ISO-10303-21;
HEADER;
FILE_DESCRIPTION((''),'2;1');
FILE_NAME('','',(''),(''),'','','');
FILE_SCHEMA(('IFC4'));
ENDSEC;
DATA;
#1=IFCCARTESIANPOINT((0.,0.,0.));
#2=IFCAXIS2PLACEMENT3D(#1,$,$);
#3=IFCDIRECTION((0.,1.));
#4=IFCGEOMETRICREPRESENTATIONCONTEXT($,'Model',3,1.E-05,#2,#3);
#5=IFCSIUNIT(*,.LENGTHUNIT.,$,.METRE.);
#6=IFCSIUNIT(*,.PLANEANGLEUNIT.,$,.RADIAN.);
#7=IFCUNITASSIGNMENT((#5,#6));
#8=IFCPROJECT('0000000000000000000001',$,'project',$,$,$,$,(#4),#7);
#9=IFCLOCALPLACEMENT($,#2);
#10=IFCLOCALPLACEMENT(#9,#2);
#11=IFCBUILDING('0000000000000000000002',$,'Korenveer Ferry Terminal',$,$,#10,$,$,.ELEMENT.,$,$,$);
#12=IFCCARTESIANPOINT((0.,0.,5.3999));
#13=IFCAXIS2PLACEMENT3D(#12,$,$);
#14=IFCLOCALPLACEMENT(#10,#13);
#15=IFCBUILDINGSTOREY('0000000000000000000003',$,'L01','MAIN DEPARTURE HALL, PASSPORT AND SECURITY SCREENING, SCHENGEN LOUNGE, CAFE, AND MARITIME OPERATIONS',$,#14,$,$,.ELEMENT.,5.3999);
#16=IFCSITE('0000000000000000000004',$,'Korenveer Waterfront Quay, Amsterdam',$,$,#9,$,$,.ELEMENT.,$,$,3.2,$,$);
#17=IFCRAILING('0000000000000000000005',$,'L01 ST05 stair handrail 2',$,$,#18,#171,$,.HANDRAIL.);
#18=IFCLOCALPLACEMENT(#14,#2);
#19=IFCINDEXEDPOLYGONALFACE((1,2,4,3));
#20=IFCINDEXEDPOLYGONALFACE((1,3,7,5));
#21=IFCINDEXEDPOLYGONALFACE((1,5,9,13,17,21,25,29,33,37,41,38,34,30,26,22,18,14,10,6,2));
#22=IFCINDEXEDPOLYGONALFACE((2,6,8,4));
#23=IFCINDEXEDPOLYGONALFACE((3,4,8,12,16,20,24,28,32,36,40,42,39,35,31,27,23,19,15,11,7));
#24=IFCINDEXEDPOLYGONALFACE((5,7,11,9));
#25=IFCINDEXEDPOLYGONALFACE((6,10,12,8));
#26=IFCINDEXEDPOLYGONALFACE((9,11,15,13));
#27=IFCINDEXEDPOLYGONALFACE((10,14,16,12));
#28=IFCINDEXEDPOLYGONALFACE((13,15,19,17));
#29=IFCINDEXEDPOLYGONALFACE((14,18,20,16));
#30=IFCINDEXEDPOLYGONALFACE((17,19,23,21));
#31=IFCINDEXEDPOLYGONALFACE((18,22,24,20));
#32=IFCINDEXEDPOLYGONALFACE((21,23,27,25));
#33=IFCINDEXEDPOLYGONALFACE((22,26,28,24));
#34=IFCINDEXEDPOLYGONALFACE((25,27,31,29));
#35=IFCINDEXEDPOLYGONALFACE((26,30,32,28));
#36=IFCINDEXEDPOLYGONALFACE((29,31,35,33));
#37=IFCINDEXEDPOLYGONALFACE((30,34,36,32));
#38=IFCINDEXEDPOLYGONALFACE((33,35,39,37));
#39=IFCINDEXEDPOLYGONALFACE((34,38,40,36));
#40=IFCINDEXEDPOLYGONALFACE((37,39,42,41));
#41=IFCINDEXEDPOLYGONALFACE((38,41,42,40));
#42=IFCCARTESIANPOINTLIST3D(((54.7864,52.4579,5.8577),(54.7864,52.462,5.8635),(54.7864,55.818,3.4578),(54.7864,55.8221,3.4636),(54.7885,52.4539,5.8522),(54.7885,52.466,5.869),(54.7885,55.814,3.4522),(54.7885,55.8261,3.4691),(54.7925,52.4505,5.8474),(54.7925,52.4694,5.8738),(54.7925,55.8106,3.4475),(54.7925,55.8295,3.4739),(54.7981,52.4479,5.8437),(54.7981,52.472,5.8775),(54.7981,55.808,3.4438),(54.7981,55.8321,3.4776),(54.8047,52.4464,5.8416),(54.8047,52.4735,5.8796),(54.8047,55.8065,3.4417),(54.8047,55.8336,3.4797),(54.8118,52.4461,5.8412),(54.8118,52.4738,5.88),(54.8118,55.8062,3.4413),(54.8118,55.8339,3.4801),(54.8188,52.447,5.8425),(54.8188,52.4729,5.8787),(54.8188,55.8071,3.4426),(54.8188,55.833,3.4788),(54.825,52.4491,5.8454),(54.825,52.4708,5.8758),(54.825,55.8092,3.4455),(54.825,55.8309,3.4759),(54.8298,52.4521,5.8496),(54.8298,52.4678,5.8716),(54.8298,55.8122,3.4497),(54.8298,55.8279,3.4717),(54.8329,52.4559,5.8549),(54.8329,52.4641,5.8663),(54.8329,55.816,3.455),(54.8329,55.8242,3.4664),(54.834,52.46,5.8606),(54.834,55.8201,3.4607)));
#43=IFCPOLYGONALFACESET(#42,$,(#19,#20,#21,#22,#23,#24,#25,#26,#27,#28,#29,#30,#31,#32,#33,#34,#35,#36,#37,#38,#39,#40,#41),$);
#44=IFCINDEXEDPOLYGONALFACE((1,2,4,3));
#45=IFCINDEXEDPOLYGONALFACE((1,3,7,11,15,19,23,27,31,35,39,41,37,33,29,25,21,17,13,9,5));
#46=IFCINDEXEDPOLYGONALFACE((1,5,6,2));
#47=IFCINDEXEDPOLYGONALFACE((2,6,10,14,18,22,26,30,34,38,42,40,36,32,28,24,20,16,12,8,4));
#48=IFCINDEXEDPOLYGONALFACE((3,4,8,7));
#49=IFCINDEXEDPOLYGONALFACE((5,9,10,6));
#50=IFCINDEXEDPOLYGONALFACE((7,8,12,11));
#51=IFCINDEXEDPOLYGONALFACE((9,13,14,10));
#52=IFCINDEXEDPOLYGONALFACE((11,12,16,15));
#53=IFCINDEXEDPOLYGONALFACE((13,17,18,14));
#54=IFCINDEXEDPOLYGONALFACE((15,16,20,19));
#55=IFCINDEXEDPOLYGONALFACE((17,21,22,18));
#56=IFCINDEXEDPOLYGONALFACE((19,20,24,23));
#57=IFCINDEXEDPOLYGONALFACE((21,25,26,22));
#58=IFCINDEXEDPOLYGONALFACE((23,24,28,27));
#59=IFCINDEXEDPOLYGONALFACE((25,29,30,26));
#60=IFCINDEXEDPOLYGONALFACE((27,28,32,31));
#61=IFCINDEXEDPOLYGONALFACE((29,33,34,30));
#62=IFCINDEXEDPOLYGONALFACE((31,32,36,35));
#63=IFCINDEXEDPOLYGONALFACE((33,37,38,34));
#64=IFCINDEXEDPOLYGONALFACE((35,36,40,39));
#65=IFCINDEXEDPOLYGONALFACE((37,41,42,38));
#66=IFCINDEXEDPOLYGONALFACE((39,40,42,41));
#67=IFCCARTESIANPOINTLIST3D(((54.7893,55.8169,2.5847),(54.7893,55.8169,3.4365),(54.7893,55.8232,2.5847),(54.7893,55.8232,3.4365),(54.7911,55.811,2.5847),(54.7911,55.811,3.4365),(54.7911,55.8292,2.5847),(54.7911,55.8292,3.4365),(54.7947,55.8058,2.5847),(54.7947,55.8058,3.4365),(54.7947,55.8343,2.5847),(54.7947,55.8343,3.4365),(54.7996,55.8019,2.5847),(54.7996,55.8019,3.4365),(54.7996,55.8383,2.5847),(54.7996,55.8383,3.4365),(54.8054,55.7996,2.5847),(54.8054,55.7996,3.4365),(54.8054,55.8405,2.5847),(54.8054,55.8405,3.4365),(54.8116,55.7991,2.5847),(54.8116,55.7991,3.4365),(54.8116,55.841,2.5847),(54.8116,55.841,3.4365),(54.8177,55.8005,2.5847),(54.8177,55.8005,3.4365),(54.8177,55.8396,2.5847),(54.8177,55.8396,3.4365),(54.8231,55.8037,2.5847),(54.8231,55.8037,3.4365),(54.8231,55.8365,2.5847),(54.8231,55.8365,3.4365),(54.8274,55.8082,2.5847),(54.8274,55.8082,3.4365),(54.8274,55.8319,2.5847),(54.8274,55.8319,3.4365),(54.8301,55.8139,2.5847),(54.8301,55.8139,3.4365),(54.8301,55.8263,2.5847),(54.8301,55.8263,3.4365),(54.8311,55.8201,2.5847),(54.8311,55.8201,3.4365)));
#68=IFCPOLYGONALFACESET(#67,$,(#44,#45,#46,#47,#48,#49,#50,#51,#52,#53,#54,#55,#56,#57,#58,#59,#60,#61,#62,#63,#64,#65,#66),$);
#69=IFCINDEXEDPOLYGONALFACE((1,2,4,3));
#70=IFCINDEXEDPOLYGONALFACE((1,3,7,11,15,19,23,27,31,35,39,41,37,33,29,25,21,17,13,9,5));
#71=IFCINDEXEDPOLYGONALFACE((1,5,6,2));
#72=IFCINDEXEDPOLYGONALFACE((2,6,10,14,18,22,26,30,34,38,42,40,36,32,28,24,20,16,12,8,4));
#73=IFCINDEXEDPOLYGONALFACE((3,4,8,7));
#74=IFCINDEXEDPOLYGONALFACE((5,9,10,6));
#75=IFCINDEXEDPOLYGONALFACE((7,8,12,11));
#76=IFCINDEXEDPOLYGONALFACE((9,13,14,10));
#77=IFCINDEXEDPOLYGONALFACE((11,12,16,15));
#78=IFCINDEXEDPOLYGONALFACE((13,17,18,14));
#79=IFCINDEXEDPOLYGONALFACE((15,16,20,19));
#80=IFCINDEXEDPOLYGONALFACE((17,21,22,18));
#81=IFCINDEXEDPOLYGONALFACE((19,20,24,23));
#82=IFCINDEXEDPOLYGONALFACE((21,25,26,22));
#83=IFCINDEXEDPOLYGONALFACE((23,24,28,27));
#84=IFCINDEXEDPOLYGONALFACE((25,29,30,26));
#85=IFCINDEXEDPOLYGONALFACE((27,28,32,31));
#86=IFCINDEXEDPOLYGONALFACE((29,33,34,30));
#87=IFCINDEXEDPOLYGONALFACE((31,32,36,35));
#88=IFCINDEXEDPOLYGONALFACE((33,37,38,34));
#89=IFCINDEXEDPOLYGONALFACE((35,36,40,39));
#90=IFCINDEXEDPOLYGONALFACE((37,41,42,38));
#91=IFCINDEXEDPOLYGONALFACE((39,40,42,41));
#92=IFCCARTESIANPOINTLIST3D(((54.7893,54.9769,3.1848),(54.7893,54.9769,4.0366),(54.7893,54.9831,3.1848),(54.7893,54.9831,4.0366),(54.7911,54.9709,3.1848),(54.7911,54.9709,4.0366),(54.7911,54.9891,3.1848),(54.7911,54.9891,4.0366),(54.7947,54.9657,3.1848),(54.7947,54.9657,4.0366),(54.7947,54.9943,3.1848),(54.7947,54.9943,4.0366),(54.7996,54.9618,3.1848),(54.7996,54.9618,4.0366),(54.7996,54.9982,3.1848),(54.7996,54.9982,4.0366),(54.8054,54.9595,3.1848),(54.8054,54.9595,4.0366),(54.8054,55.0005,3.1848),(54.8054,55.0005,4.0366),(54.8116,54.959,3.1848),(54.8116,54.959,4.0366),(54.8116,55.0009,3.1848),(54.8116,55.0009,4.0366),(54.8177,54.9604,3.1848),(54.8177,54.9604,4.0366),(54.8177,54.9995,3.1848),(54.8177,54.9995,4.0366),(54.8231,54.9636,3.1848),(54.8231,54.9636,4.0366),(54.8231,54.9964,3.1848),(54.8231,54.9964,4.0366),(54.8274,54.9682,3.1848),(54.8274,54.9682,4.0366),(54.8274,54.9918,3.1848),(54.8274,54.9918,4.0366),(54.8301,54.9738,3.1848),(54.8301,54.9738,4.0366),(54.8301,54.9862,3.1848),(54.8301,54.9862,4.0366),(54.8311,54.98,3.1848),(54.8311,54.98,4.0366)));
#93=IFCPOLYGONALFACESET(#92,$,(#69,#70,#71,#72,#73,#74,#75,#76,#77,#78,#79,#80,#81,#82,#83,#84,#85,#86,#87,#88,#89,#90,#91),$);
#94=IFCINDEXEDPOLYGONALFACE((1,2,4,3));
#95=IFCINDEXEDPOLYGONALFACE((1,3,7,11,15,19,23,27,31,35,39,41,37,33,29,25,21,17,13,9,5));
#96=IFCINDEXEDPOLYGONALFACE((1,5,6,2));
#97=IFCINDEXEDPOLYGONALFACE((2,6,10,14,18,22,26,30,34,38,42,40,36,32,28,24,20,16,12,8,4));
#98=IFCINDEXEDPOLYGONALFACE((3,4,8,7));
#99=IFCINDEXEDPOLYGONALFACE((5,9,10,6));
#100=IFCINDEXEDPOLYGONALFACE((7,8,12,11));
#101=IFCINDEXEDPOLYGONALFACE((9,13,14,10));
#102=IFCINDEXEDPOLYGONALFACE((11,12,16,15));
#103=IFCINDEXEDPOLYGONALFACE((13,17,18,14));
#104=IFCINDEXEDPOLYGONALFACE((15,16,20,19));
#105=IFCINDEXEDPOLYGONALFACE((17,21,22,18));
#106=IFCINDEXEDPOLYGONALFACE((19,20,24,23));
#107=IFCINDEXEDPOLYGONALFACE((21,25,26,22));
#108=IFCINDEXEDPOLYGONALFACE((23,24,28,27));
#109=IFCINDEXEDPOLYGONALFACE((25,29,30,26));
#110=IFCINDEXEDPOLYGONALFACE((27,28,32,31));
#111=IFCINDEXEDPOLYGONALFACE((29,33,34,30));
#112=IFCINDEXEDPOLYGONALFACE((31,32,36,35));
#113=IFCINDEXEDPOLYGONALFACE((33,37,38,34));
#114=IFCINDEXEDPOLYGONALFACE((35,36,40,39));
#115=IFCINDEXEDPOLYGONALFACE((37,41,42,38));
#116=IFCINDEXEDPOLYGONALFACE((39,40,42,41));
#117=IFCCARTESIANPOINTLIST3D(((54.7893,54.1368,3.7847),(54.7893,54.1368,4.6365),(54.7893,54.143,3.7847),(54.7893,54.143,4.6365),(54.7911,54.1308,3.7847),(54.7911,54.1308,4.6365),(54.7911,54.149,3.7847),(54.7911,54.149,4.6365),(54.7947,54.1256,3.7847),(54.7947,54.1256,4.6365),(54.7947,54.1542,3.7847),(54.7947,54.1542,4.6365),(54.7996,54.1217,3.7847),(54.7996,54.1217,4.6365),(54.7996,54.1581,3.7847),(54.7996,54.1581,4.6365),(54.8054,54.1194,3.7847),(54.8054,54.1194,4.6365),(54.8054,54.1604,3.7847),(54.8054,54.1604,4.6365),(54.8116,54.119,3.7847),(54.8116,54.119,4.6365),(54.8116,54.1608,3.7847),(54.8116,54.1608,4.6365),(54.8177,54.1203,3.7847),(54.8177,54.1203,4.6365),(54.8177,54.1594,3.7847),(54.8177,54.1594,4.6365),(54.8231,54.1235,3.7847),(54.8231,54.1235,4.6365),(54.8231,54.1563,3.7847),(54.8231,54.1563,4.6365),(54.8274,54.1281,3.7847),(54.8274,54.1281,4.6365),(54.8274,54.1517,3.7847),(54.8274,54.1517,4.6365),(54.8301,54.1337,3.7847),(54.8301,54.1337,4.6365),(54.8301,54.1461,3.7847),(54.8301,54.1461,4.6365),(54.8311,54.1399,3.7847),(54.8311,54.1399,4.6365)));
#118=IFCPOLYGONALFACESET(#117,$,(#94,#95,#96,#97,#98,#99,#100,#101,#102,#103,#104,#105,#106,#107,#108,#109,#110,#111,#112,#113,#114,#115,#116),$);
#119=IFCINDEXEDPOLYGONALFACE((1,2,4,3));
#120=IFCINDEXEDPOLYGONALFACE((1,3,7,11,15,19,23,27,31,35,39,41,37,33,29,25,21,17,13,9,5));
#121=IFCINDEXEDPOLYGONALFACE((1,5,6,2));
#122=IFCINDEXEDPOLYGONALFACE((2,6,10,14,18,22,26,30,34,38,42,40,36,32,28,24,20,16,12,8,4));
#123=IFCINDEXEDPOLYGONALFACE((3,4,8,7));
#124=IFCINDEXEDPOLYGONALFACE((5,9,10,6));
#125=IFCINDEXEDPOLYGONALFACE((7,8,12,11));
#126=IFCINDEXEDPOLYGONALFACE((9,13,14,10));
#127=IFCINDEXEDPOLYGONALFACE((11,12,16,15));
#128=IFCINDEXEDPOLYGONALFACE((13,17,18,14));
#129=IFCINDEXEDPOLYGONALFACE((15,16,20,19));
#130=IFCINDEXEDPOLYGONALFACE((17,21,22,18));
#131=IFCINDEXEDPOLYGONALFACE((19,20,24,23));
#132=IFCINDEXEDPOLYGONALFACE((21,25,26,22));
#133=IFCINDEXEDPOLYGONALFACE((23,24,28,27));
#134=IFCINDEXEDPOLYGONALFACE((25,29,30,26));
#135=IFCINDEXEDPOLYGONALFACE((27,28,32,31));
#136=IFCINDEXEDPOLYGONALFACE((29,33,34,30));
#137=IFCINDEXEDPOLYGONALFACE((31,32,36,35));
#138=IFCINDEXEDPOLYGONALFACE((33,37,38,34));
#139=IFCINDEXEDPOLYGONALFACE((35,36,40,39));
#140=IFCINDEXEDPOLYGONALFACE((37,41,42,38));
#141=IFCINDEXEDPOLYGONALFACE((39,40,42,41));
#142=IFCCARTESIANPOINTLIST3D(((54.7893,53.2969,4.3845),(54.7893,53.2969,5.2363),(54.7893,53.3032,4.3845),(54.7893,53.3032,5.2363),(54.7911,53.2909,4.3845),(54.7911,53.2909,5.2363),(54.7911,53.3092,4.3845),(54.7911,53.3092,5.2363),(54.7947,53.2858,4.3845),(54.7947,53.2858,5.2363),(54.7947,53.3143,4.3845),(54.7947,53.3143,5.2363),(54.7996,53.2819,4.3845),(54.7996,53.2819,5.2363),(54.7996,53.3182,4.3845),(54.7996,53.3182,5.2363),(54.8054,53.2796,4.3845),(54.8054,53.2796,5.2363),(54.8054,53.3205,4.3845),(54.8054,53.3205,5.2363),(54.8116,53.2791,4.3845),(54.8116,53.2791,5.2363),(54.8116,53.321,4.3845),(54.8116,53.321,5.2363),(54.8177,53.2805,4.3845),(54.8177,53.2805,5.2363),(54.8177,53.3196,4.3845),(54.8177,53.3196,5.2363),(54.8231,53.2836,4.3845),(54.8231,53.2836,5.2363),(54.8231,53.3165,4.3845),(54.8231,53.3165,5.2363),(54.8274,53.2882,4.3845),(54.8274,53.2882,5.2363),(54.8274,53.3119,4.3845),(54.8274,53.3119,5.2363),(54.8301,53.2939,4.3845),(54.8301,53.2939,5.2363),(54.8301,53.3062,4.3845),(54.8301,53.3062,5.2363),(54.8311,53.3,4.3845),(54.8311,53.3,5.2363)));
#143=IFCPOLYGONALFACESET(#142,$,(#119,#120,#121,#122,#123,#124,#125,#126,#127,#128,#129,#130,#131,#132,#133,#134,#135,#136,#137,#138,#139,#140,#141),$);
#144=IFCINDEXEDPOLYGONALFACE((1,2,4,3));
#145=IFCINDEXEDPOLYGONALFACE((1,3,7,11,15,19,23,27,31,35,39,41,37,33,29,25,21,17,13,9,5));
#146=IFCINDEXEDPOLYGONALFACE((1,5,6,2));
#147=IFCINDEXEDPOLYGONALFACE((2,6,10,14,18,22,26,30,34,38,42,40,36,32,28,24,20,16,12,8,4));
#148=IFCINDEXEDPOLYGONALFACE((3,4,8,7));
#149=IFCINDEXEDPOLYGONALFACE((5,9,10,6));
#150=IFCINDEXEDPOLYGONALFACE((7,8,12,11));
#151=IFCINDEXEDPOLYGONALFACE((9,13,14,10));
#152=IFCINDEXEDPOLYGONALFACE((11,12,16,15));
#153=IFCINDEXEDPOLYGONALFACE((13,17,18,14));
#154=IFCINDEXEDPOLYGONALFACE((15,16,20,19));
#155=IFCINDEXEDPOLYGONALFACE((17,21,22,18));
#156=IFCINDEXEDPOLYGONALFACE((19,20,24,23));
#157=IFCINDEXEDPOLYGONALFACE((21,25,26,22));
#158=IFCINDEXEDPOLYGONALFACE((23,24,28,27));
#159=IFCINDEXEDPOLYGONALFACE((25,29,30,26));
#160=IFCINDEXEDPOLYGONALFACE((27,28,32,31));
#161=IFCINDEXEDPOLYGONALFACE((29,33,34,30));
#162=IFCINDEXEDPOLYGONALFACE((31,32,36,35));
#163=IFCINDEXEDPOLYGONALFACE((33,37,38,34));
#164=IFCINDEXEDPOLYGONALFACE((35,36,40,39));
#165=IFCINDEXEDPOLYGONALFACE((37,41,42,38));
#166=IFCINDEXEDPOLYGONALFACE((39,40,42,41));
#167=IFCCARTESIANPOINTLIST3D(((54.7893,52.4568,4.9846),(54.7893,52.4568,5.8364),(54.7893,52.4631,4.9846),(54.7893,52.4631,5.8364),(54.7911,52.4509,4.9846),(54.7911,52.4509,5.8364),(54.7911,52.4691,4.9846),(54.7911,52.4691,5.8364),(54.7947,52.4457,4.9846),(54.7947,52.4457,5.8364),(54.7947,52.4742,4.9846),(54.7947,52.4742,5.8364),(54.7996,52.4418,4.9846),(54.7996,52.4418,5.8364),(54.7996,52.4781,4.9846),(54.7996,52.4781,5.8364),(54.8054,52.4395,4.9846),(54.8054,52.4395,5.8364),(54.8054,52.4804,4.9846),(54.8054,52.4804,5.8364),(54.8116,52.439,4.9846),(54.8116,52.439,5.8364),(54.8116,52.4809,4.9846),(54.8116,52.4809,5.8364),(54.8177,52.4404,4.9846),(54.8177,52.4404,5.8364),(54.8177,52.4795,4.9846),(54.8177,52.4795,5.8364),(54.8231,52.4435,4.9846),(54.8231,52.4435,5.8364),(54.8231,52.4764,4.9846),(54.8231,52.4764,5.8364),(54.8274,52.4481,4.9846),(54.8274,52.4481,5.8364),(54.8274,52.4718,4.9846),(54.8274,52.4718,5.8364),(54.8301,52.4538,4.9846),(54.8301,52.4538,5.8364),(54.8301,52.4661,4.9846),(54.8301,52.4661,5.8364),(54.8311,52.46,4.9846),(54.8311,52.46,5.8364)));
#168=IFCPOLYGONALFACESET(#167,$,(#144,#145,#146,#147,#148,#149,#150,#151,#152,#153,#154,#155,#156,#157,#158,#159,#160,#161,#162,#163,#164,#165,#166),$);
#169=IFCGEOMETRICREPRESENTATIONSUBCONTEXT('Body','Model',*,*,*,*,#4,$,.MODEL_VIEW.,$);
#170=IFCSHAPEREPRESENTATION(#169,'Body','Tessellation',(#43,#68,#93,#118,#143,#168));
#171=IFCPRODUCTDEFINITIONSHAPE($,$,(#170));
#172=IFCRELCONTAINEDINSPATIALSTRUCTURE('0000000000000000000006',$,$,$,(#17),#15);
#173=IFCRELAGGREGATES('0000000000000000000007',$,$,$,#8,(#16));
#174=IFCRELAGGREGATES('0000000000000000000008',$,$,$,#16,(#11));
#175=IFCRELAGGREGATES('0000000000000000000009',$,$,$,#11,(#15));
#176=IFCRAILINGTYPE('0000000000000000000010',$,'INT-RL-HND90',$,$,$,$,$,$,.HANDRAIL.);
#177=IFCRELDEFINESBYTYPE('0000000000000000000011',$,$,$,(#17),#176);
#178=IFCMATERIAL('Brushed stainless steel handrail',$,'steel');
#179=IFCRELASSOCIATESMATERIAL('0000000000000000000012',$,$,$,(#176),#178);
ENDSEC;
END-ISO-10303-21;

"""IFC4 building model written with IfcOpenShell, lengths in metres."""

from ifc_helpers import new_model, si_unit, direction, frame, origin, origin_2d, place, context, subcontext, project, spatial, circle, extrude, material, type_object, element, save


model = new_model("IFC4")

# Units and contexts
model_context = context("Model", 3, precision=1e-05, world=origin(), true_north=direction((0.0, 1.0)))
body_context = subcontext(model_context, "Body", "Model", "MODEL_VIEW")
ifc_project = project(units=[si_unit("LENGTHUNIT", "METRE"), si_unit("PLANEANGLEUNIT", "RADIAN")], contexts=[model_context])

# Site, building, storey
site_placement = place(None, origin())
site = spatial("IfcSite", under=ifc_project, at=site_placement, Name="Korenveer Waterfront Quay, Amsterdam", CompositionType="ELEMENT", RefElevation=3.2)
building_placement = place(site_placement, origin())
building = spatial("IfcBuilding", under=site, at=building_placement, Name="Korenveer Ferry Terminal", CompositionType="ELEMENT")
storey_placement = place(building_placement, frame((0.0, 0.0, 5.3999)))
storey = spatial("IfcBuildingStorey", under=building, at=storey_placement, Name="L01", Description="MAIN DEPARTURE HALL, PASSPORT AND SECURITY SCREENING, SCHENGEN LOUNGE, CAFE, AND MARITIME OPERATIONS", CompositionType="ELEMENT", Elevation=5.3999)

# Railing
ifc_material_1 = material(Name="Brushed stainless steel handrail", Category="steel")
railing_type_1 = type_object("IfcRailingType", Name="INT-RL-HND90", PredefinedType="HANDRAIL", material=ifc_material_1)
railing_1_placement = place(storey_placement, frame((54.8101, 55.8201, 2.5847)))
element("IfcRailing", 1, at=railing_1_placement, inside=storey, type_object=railing_type_1, Name="L01 ST05 stair handrail 2", PredefinedType="HANDRAIL", context=body_context, shape_type="SweptSolid", body=[
    extrude(circle(Radius=0.0239, at=origin_2d()), frame((0.0, 0.0, 0.876), z_axis=(0.0, -0.813753, 0.58121), x_axis=(1.0, 0.0, 0.0)), (0.0, 0.0, 1.0), 4.1292),
    extrude(circle(Radius=0.021, at=origin_2d()), origin(), (0.0, 0.0, 1.0), 0.8518),
    extrude(circle(Radius=0.021, at=origin_2d()), frame((0.0, -0.8401, 0.6001)), (0.0, 0.0, 1.0), 0.8518),
    extrude(circle(Radius=0.021, at=origin_2d()), frame((0.0, -1.6802, 1.2)), (0.0, 0.0, 1.0), 0.8518),
    extrude(circle(Radius=0.021, at=origin_2d()), frame((0.0, -2.52, 1.7998)), (0.0, 0.0, 1.0), 0.8518),
    extrude(circle(Radius=0.021, at=origin_2d()), frame((0.0, -3.3601, 2.3999)), (0.0, 0.0, 1.0), 0.8518),
])

save(model, "model.ifc")
